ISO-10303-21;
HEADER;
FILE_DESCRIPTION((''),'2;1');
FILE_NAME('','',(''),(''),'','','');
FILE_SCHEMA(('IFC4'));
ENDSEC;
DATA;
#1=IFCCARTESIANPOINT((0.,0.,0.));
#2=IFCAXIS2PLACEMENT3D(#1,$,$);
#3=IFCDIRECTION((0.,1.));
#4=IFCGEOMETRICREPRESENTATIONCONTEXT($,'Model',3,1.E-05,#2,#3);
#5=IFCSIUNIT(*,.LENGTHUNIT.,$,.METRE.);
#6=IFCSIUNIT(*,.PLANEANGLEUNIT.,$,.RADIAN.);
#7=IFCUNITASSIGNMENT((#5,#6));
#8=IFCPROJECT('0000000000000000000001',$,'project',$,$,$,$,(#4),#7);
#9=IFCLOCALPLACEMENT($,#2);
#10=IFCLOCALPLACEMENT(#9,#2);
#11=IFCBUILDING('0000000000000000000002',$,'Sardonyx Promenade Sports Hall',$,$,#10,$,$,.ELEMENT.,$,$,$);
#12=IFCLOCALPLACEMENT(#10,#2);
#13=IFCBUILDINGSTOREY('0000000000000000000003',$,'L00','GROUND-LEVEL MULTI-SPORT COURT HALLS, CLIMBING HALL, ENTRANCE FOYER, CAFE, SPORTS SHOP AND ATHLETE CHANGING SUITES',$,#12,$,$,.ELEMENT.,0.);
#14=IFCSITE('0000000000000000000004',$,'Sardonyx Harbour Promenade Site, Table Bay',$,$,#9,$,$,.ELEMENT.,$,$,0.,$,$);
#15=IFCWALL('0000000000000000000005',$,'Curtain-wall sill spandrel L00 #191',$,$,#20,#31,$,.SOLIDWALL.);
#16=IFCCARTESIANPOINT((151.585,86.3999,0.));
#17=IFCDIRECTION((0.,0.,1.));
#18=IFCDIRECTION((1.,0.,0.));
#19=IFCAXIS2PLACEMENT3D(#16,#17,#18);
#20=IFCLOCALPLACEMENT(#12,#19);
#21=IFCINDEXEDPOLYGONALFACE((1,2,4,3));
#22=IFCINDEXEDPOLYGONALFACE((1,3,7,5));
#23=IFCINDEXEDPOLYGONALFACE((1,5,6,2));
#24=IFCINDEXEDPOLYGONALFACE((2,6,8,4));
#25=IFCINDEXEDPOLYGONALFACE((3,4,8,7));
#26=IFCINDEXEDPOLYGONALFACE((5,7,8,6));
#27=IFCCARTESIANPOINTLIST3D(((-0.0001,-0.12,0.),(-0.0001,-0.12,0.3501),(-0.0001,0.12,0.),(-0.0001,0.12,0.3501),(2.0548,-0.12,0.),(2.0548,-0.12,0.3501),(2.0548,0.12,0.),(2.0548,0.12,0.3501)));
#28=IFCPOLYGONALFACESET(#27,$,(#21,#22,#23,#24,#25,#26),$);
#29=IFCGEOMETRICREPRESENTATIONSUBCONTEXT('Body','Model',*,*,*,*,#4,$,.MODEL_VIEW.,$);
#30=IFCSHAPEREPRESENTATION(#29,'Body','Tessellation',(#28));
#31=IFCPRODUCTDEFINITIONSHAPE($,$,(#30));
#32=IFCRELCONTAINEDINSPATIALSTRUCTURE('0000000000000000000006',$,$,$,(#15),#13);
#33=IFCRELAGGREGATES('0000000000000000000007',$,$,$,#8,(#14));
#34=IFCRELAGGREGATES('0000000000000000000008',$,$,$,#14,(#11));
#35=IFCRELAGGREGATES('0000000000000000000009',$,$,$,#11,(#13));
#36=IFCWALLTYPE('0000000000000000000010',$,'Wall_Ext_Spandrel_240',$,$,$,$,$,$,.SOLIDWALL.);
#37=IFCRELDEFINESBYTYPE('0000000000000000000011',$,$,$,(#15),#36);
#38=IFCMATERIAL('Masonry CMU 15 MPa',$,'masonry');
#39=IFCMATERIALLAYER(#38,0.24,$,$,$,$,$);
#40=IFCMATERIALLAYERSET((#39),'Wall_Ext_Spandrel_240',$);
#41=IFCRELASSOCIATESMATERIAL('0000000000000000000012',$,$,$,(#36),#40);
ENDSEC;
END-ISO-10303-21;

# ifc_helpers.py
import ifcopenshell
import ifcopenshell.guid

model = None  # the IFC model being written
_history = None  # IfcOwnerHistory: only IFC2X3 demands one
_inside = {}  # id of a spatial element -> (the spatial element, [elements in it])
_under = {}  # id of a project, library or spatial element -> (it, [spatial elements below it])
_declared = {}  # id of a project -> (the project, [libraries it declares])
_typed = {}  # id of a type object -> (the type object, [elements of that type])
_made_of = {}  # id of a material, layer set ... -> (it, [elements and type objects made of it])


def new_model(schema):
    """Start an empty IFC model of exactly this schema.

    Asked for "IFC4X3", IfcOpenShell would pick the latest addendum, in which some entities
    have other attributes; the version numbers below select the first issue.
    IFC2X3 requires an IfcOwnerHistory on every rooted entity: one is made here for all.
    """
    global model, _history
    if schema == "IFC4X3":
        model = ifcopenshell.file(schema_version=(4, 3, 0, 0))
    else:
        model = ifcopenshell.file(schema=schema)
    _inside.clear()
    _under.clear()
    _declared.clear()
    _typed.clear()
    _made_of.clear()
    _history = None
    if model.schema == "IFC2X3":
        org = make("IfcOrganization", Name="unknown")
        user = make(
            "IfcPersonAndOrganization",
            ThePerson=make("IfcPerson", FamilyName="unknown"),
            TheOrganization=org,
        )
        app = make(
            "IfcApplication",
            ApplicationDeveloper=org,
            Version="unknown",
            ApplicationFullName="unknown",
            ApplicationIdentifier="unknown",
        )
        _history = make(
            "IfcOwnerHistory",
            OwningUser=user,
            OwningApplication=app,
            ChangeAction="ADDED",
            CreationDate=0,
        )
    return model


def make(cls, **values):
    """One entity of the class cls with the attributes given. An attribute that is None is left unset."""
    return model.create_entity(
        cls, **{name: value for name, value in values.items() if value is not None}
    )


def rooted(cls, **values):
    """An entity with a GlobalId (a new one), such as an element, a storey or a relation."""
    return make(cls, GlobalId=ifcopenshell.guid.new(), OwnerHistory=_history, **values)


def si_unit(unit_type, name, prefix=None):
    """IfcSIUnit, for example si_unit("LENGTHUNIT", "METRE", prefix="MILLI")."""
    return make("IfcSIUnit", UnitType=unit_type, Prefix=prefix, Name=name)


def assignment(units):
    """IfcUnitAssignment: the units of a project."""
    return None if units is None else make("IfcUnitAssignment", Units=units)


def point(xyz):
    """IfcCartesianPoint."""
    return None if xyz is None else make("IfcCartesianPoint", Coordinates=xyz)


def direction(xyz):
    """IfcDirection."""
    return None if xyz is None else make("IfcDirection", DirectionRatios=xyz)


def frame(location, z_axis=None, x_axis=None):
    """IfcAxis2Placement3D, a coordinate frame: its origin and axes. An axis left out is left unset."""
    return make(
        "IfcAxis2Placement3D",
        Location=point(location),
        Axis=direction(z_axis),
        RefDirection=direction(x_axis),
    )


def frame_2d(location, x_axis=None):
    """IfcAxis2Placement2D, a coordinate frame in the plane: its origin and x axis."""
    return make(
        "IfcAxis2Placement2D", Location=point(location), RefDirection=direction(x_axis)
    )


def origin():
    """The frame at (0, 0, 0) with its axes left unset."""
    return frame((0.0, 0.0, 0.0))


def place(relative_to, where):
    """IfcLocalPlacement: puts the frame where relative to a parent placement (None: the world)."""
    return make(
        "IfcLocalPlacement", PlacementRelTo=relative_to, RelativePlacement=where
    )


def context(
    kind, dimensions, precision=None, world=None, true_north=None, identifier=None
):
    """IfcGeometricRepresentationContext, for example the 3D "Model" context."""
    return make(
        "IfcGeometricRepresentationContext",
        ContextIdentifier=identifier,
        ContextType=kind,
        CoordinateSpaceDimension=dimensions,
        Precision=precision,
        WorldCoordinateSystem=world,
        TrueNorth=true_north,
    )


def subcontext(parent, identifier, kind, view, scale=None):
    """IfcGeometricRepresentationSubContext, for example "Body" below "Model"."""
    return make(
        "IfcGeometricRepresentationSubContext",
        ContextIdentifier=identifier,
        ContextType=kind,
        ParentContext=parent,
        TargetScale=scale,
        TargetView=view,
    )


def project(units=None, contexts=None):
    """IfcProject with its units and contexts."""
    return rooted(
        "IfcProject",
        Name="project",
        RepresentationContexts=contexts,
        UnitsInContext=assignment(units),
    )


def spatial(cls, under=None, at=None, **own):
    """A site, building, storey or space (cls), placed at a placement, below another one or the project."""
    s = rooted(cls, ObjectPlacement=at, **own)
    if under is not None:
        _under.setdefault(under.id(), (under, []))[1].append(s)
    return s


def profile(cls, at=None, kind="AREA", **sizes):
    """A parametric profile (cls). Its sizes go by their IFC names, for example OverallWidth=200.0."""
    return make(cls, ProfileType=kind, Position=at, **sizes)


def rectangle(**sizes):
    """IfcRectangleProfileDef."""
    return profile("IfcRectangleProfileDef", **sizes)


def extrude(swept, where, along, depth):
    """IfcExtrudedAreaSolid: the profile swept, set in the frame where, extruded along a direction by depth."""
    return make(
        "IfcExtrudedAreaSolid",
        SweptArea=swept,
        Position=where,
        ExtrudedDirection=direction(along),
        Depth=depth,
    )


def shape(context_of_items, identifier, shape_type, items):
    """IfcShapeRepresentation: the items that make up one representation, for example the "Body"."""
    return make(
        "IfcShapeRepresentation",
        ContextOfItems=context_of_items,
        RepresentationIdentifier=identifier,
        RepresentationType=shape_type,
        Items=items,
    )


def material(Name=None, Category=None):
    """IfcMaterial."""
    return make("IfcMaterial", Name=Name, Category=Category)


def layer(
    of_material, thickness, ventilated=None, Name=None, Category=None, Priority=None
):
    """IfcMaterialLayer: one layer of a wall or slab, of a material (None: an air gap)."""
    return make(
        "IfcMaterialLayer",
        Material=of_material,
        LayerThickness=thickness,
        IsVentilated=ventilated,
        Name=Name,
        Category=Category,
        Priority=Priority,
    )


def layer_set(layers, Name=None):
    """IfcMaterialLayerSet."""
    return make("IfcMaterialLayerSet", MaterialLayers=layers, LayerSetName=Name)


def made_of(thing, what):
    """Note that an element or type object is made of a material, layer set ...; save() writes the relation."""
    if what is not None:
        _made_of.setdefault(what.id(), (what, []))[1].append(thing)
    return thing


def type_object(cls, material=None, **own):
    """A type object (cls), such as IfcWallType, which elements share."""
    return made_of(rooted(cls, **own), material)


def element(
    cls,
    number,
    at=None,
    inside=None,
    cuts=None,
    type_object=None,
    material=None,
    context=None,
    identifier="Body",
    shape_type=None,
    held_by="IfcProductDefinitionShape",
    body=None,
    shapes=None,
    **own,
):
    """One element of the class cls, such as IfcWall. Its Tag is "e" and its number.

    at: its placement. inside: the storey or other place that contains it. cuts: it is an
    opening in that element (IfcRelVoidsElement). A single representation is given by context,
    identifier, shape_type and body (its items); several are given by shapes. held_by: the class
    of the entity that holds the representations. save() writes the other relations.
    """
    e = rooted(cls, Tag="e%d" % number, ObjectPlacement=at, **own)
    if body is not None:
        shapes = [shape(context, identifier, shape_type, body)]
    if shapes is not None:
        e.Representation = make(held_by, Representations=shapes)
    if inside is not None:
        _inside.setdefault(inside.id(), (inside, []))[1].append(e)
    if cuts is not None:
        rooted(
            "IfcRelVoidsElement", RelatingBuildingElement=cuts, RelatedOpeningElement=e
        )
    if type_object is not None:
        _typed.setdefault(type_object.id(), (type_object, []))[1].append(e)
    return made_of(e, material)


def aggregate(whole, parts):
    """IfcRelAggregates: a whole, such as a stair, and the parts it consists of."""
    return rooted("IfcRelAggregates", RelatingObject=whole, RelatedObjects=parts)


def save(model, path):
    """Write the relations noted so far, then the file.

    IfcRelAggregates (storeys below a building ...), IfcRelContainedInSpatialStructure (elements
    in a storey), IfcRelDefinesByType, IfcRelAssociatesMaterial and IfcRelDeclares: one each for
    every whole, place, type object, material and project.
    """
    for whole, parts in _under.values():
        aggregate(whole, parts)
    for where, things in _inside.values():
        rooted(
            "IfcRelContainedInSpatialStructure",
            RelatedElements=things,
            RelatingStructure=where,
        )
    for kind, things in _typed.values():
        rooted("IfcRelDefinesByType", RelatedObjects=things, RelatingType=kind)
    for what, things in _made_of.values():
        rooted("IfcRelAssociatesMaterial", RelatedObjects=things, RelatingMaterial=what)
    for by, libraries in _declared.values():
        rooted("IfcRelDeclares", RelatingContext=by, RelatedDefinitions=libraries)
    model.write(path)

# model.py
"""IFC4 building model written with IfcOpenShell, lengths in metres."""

from ifc_helpers import new_model, si_unit, direction, frame, frame_2d, origin, place, context, subcontext, project, spatial, rectangle, extrude, material, layer, layer_set, type_object, element, save


model = new_model("IFC4")

# Units and contexts
model_context = context("Model", 3, precision=1e-05, world=origin(), true_north=direction((0.0, 1.0)))
body_context = subcontext(model_context, "Body", "Model", "MODEL_VIEW")
ifc_project = project(units=[si_unit("LENGTHUNIT", "METRE"), si_unit("PLANEANGLEUNIT", "RADIAN")], contexts=[model_context])

# Site, building, storey
site_placement = place(None, origin())
site = spatial("IfcSite", under=ifc_project, at=site_placement, Name="Sardonyx Harbour Promenade Site, Table Bay", CompositionType="ELEMENT", RefElevation=0.0)
building_placement = place(site_placement, origin())
building = spatial("IfcBuilding", under=site, at=building_placement, Name="Sardonyx Promenade Sports Hall", CompositionType="ELEMENT")
storey_placement = place(building_placement, origin())
storey = spatial("IfcBuildingStorey", under=building, at=storey_placement, Name="L00", Description="GROUND-LEVEL MULTI-SPORT COURT HALLS, CLIMBING HALL, ENTRANCE FOYER, CAFE, SPORTS SHOP AND ATHLETE CHANGING SUITES", CompositionType="ELEMENT", Elevation=0.0)

# Wall
ifc_material_1 = material(Name="Masonry CMU 15 MPa", Category="masonry")
ifc_layer_1 = layer(ifc_material_1, 0.24)
ifc_layer_set_1 = layer_set([ifc_layer_1], Name="Wall_Ext_Spandrel_240")
wall_type_1 = type_object("IfcWallType", Name="Wall_Ext_Spandrel_240", PredefinedType="SOLIDWALL", material=ifc_layer_set_1)
wall_1_placement = place(storey_placement, frame((151.585, 86.3999, 0.0), z_axis=(0.0, 0.0, 1.0), x_axis=(1.0, 0.0, 0.0)))
element("IfcWall", 1, at=wall_1_placement, inside=storey, type_object=wall_type_1, Name="Curtain-wall sill spandrel L00 #191", PredefinedType="SOLIDWALL", context=body_context, shape_type="SweptSolid", body=[
    extrude(rectangle(XDim=2.0549, YDim=0.24, at=frame_2d((1.0273, 0.0))), origin(), (0.0, 0.0, 1.0), 0.3501),
])

save(model, "model.ifc")
